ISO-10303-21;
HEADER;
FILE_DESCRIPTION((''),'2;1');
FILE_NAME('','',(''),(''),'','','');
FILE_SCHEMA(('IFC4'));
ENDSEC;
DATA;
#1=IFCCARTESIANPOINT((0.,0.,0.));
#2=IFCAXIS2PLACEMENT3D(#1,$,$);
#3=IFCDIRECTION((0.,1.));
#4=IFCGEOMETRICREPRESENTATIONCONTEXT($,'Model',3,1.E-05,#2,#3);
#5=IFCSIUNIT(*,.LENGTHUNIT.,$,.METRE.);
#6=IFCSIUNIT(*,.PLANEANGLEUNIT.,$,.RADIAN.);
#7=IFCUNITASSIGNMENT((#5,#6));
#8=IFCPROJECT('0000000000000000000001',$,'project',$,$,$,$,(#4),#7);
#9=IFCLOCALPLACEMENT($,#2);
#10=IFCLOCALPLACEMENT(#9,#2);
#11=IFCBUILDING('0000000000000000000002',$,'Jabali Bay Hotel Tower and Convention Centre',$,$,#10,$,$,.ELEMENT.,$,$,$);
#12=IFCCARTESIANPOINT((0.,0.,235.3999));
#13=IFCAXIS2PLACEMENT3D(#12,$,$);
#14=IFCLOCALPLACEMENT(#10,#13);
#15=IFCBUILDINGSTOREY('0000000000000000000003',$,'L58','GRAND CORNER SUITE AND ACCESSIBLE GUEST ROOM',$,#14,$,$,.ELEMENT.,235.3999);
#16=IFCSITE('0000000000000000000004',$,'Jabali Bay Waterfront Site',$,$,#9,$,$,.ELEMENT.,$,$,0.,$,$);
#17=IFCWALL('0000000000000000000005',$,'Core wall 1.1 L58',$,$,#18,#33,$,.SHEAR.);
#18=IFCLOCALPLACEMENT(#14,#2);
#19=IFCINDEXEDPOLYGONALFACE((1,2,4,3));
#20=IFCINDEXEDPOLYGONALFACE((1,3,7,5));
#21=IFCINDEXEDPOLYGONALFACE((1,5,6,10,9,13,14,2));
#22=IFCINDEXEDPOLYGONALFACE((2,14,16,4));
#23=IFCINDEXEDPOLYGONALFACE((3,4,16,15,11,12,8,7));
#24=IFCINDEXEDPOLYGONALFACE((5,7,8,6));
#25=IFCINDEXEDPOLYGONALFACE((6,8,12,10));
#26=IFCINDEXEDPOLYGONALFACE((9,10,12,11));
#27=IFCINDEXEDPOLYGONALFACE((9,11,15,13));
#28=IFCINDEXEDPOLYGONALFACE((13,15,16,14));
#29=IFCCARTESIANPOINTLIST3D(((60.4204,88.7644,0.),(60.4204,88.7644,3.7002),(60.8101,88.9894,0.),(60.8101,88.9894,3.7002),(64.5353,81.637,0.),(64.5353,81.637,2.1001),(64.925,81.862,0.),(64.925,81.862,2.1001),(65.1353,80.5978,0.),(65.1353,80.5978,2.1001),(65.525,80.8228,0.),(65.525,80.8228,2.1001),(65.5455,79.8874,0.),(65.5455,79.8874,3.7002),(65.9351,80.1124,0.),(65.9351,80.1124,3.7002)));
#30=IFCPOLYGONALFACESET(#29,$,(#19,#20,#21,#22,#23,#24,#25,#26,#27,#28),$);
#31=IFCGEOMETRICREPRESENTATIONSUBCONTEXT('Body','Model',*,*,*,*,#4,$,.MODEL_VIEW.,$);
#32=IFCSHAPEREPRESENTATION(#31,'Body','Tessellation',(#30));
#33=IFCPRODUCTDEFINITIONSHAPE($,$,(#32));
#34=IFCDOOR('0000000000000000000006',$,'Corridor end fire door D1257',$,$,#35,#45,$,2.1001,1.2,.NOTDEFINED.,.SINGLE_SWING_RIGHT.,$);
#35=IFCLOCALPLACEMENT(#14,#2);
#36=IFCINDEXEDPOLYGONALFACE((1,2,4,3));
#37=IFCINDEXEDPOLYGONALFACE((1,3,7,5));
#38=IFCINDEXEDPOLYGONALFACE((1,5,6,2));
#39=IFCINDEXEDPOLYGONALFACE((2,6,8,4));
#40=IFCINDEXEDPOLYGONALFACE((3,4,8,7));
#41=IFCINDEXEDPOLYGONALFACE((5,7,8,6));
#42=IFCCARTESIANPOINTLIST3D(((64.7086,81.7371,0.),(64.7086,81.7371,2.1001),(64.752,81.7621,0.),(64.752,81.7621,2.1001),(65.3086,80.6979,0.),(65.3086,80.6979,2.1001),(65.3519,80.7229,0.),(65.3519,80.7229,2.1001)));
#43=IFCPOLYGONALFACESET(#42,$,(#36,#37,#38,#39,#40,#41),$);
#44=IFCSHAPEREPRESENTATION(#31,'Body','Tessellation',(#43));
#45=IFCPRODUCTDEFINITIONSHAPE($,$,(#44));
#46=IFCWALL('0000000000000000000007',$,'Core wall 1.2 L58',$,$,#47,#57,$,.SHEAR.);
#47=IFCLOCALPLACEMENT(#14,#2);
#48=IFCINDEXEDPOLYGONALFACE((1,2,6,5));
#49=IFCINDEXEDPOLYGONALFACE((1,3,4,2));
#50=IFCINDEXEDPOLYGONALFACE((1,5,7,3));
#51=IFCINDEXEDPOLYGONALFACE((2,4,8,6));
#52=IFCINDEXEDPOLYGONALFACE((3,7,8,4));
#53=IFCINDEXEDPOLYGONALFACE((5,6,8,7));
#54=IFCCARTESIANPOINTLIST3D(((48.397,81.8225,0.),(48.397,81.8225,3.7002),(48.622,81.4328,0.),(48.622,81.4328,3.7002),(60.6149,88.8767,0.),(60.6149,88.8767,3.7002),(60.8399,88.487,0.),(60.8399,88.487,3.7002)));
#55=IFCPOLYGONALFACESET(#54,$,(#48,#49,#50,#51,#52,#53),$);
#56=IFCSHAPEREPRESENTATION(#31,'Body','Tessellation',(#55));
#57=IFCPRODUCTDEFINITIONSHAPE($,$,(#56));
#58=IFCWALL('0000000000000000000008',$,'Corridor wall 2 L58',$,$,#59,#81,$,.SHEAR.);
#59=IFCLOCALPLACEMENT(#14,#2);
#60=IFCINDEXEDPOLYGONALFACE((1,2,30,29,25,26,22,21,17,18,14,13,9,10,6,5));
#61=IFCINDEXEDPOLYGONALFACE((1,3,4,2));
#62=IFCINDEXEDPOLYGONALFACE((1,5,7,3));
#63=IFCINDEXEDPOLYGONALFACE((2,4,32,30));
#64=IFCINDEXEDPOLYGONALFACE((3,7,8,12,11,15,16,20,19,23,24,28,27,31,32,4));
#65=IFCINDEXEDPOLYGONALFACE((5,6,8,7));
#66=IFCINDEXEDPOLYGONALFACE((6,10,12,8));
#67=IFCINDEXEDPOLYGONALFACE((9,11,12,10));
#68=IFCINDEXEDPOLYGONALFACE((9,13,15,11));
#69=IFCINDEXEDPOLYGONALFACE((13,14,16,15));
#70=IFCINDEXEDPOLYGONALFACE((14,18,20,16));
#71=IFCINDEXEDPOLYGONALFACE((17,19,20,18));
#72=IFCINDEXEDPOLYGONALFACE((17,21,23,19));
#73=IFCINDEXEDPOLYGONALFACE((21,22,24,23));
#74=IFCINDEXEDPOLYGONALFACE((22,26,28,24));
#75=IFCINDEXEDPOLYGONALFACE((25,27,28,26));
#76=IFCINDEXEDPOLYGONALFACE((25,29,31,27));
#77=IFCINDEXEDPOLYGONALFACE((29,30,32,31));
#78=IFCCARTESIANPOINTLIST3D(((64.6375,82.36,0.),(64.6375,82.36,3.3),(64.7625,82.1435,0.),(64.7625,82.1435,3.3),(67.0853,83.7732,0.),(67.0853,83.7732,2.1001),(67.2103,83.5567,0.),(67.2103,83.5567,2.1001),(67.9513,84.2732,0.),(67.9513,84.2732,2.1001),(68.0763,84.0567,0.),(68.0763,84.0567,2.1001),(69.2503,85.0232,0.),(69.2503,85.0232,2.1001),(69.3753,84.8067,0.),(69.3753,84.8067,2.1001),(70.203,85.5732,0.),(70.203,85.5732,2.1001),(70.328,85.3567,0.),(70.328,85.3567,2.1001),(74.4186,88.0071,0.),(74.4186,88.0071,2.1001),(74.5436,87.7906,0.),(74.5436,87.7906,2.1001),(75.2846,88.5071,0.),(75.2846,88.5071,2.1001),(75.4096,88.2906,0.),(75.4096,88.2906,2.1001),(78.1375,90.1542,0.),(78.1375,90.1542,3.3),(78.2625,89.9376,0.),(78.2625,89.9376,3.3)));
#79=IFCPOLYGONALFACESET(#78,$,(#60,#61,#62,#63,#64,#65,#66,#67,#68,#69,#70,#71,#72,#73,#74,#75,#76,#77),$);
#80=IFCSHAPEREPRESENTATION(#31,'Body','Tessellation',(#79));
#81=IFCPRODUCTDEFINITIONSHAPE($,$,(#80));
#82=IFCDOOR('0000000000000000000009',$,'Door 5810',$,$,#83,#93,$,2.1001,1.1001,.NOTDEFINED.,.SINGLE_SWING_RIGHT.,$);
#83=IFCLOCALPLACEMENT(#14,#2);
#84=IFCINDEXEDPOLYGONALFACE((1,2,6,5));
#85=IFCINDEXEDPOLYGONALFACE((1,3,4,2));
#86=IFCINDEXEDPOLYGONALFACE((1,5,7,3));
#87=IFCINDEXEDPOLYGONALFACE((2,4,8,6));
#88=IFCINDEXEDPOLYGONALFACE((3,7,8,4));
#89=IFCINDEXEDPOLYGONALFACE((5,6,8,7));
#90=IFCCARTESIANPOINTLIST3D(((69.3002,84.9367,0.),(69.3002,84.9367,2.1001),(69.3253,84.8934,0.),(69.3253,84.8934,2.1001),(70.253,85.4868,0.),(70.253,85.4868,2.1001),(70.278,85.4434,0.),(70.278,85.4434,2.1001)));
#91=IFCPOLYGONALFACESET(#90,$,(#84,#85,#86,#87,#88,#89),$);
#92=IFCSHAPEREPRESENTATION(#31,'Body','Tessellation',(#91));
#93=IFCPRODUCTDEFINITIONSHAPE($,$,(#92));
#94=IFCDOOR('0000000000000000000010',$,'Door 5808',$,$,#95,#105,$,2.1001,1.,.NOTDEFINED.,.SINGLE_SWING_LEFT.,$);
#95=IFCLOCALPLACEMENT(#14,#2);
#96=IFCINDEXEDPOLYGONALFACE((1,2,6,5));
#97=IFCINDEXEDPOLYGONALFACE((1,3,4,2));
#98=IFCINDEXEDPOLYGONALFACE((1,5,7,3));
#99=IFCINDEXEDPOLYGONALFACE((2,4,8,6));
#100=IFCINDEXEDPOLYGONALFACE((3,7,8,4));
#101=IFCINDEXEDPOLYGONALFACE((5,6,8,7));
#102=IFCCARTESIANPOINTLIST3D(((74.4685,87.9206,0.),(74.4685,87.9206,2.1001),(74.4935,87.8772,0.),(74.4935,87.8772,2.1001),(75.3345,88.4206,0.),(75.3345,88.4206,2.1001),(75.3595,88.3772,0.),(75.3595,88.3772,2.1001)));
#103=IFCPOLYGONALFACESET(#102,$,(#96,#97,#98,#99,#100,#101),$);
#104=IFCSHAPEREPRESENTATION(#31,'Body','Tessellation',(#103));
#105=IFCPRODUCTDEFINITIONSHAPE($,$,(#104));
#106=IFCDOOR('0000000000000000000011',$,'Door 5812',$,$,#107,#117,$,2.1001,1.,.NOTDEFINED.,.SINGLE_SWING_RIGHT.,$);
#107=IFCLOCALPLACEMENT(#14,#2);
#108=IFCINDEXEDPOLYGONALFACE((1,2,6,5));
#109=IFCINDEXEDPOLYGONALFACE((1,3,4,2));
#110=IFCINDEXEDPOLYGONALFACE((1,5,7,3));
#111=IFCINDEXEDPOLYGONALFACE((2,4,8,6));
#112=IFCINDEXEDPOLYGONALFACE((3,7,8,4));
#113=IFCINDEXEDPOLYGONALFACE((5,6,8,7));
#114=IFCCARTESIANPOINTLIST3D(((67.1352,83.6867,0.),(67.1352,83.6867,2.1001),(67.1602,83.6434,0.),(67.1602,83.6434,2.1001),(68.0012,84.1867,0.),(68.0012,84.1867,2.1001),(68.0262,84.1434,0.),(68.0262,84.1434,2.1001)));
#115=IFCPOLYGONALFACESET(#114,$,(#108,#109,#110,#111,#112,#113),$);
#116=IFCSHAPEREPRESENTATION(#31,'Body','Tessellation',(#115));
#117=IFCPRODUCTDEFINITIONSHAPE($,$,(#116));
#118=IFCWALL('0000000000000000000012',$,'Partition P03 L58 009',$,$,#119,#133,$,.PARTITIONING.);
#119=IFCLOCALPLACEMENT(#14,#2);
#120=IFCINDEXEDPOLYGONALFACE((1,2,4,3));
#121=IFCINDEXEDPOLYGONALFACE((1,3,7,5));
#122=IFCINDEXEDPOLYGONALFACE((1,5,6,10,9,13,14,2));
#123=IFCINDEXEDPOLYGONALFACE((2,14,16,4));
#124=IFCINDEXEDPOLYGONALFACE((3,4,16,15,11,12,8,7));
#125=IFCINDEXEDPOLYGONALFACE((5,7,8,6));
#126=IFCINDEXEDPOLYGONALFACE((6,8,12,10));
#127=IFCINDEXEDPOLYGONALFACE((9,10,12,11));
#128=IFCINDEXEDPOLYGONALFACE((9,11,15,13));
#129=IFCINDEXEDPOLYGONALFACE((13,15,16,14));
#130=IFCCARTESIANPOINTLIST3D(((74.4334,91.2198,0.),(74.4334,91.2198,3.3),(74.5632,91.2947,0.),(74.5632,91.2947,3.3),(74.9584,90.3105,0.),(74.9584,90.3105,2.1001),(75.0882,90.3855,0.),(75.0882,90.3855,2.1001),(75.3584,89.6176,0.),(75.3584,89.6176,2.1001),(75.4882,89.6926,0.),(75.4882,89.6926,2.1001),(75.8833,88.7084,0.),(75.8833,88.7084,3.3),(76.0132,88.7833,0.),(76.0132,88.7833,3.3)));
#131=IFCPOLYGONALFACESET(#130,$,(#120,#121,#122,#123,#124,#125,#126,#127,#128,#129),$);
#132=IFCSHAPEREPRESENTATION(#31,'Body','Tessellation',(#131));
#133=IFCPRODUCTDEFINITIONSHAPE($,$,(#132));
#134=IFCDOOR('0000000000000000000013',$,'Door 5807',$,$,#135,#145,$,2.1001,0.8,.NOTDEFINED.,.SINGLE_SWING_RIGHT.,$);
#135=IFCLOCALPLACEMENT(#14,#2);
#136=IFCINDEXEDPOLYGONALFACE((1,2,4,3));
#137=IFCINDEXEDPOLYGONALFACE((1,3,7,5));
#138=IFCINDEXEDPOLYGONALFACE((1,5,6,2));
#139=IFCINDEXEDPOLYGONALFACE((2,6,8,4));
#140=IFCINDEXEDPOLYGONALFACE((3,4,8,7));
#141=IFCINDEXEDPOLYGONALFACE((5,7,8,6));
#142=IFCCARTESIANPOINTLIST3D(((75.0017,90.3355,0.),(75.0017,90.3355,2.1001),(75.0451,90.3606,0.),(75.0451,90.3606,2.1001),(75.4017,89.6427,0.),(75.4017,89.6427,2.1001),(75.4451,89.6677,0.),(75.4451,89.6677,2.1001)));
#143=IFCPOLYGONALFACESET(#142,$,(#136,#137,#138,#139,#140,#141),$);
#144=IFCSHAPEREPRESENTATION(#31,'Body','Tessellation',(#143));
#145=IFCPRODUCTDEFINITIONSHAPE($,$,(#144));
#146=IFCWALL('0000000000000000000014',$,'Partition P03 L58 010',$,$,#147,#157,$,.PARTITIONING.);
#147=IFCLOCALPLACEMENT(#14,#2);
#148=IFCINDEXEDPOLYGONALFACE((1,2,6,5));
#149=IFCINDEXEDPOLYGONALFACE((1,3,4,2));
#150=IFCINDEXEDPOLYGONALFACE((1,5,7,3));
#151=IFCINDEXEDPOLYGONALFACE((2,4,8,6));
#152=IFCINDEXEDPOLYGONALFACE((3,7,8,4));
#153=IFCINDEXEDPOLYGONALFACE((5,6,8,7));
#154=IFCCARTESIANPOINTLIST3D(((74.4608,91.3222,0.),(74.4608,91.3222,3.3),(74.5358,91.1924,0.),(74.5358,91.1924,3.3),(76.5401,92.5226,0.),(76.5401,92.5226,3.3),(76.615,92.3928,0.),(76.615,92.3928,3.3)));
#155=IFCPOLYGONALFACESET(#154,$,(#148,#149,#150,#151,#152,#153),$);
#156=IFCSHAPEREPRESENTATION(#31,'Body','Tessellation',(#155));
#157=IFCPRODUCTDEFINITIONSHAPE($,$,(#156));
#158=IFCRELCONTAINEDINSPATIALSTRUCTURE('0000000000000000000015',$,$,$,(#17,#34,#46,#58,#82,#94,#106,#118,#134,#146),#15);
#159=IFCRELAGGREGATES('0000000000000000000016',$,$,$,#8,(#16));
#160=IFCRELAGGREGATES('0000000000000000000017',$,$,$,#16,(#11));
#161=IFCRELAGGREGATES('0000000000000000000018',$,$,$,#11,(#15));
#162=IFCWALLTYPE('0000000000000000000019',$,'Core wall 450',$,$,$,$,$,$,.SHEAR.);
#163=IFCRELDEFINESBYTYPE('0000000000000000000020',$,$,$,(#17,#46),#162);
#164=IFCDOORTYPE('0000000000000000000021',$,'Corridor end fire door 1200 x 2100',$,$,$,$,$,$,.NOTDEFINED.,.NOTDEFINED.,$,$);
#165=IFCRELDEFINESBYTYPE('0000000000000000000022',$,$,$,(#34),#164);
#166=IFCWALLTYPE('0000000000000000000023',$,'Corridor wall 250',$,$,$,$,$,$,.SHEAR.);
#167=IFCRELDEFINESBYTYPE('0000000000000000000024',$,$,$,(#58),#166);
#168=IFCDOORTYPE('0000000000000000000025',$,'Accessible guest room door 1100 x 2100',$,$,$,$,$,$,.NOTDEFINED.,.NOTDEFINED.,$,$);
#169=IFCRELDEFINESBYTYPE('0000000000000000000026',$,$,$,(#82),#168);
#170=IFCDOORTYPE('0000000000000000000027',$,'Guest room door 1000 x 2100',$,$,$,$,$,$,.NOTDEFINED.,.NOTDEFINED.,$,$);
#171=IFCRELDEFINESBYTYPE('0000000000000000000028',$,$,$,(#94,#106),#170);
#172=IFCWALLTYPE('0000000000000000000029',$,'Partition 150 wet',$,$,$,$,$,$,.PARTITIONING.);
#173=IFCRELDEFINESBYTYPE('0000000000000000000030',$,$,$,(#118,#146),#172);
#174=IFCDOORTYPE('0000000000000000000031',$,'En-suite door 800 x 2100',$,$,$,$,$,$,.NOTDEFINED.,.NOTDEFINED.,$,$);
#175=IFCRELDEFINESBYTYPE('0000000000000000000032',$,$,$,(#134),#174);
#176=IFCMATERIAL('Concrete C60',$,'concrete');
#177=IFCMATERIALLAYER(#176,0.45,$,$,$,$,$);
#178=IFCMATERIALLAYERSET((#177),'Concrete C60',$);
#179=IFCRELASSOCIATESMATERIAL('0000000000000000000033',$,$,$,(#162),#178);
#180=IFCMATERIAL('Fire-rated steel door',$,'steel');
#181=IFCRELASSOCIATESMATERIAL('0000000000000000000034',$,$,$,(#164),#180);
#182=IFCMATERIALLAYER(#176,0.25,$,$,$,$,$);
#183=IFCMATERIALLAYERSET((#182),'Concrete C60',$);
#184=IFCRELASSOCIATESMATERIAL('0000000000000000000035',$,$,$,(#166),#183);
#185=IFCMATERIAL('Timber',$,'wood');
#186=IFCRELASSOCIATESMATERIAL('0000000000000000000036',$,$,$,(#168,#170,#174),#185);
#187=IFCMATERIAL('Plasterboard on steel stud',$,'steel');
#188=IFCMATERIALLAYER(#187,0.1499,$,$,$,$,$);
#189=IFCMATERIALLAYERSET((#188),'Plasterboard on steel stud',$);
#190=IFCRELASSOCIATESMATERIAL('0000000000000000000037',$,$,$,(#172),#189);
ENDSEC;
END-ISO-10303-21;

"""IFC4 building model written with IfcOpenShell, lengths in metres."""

from ifc_helpers import new_model, si_unit, direction, frame, frame_2d, origin, place, context, subcontext, project, spatial, rectangle, extrude, material, layer, layer_set, type_object, element, fill, save


model = new_model("IFC4")

# Units and contexts
model_context = context("Model", 3, precision=1e-05, world=origin(), true_north=direction((0.0, 1.0)))
body_context = subcontext(model_context, "Body", "Model", "MODEL_VIEW")
ifc_project = project(units=[si_unit("LENGTHUNIT", "METRE"), si_unit("PLANEANGLEUNIT", "RADIAN")], contexts=[model_context])

# Site, building, storey
site_placement = place(None, origin())
site = spatial("IfcSite", under=ifc_project, at=site_placement, Name="Jabali Bay Waterfront Site", CompositionType="ELEMENT", RefElevation=0.0)
building_placement = place(site_placement, origin())
building = spatial("IfcBuilding", under=site, at=building_placement, Name="Jabali Bay Hotel Tower and Convention Centre", CompositionType="ELEMENT")
storey_placement = place(building_placement, frame((0.0, 0.0, 235.3999)))
storey = spatial("IfcBuildingStorey", under=building, at=storey_placement, Name="L58", Description="GRAND CORNER SUITE AND ACCESSIBLE GUEST ROOM", CompositionType="ELEMENT", Elevation=235.3999)

# Shared definitions
ifc_material_1 = material(Name="Fire-rated steel door", Category="steel")

# Wall, opening, door
ifc_material_2 = material(Name="Concrete C60", Category="concrete")
ifc_layer_1 = layer(ifc_material_2, 0.45)
ifc_layer_set_1 = layer_set([ifc_layer_1], Name="Concrete C60")
wall_type_1 = type_object("IfcWallType", Name="Core wall 450", PredefinedType="SHEAR", material=ifc_layer_set_1)
wall_1_placement = place(storey_placement, frame((65.7402, 80.0, 0.0), z_axis=(0.0, 0.0, 1.0), x_axis=(-0.499992, 0.86603, 0.0)))
wall_1 = element("IfcWall", 1, at=wall_1_placement, inside=storey, type_object=wall_type_1, Name="Core wall 1.1 L58", PredefinedType="SHEAR", context=body_context, shape_type="SweptSolid", body=[
    extrude(rectangle(XDim=10.2502, YDim=0.45, at=frame_2d((5.125, 0.0))), origin(), (0.0, 0.0, 1.0), 3.7002),
])
opening_1_placement = place(wall_1_placement, frame((0.8201, 0.0, 0.0)))
opening_1 = element("IfcOpeningElement", 2, at=opening_1_placement, cuts=wall_1, PredefinedType="OPENING", context=body_context, shape_type="SweptSolid", body=[
    extrude(rectangle(XDim=1.2, YDim=2.1001, at=frame_2d((0.6001, 1.05))), frame((0.0, 0.2354, 0.0), z_axis=(0.0, -1.0, 0.0), x_axis=(1.0, 0.0, 0.0)), (0.0, 0.0, 1.0), 0.4709),
])
door_type_1 = type_object("IfcDoorType", Name="Corridor end fire door 1200 x 2100", OperationType="NOTDEFINED", PredefinedType="NOTDEFINED", material=ifc_material_1)
door_1_placement = place(opening_1_placement, origin())
door_1 = element("IfcDoor", 3, at=door_1_placement, inside=storey, type_object=door_type_1, Name="Corridor end fire door D1257", OperationType="SINGLE_SWING_RIGHT", OverallHeight=2.1001, OverallWidth=1.2, PredefinedType="NOTDEFINED", context=body_context, shape_type="SweptSolid", body=[
    extrude(rectangle(XDim=1.2, YDim=2.1001, at=frame_2d((0.6001, 1.05))), frame((0.0, 0.0249, 0.0), z_axis=(0.0, -1.0, 0.0), x_axis=(1.0, 0.0, 0.0)), (0.0, 0.0, 1.0), 0.05),
])
fill(opening_1, door_1)

# Wall
wall_2_placement = place(storey_placement, frame((60.7275, 88.6819, 0.0), z_axis=(0.0, 0.0, 1.0), x_axis=(-0.866022, -0.500007, 0.0)))
element("IfcWall", 4, at=wall_2_placement, inside=storey, type_object=wall_type_1, Name="Core wall 1.2 L58", PredefinedType="SHEAR", context=body_context, shape_type="SweptSolid", body=[
    extrude(rectangle(XDim=14.1082, YDim=0.45, at=frame_2d((7.0542, 0.0))), origin(), (0.0, 0.0, 1.0), 3.7002),
])

# Wall, openings, doors
ifc_layer_2 = layer(ifc_material_2, 0.25)
ifc_layer_set_2 = layer_set([ifc_layer_2], Name="Concrete C60")
wall_type_2 = type_object("IfcWallType", Name="Corridor wall 250", PredefinedType="SHEAR", material=ifc_layer_set_2)
wall_3_placement = place(storey_placement, frame((78.2, 90.0459, 0.0), z_axis=(0.0, 0.0, 1.0), x_axis=(-0.866026, -0.499998, 0.0)))
wall_3 = element("IfcWall", 5, at=wall_3_placement, inside=storey, type_object=wall_type_2, Name="Corridor wall 2 L58", PredefinedType="SHEAR", context=body_context, shape_type="SweptSolid", body=[
    extrude(rectangle(XDim=15.5884, YDim=0.25, at=frame_2d((7.7942, 0.0))), origin(), (0.0, 0.0, 1.0), 3.3),
])
opening_2_placement = place(wall_3_placement, frame((3.2942, 0.0, 0.0)))
opening_2 = element("IfcOpeningElement", 6, at=opening_2_placement, cuts=wall_3, PredefinedType="OPENING", context=body_context, shape_type="SweptSolid", body=[
    extrude(rectangle(XDim=1.0, YDim=2.1001, at=frame_2d((0.5, 1.05))), frame((0.0, 0.1355, 0.0), z_axis=(0.0, -1.0, 0.0), x_axis=(1.0, 0.0, 0.0)), (0.0, 0.0, 1.0), 0.271),
])
opening_3_placement = place(wall_3_placement, frame((9.1619, 0.0, 0.0)))
opening_3 = element("IfcOpeningElement", 7, at=opening_3_placement, cuts=wall_3, PredefinedType="OPENING", context=body_context, shape_type="SweptSolid", body=[
    extrude(rectangle(XDim=1.1001, YDim=2.1001, at=frame_2d((0.55, 1.05))), frame((0.0, 0.1355, 0.0), z_axis=(0.0, -1.0, 0.0), x_axis=(1.0, 0.0, 0.0)), (0.0, 0.0, 1.0), 0.271),
])
opening_4_placement = place(wall_3_placement, frame((11.762, 0.0, 0.0)))
opening_4 = element("IfcOpeningElement", 8, at=opening_4_placement, cuts=wall_3, PredefinedType="OPENING", context=body_context, shape_type="SweptSolid", body=[
    extrude(rectangle(XDim=1.0, YDim=2.1001, at=frame_2d((0.5, 1.05))), frame((0.0, 0.1355, 0.0), z_axis=(0.0, -1.0, 0.0), x_axis=(1.0, 0.0, 0.0)), (0.0, 0.0, 1.0), 0.271),
])
ifc_material_3 = material(Name="Timber", Category="wood")
door_type_2 = type_object("IfcDoorType", Name="Accessible guest room door 1100 x 2100", OperationType="NOTDEFINED", PredefinedType="NOTDEFINED", material=ifc_material_3)
door_2_placement = place(opening_3_placement, origin())
door_2 = element("IfcDoor", 9, at=door_2_placement, inside=storey, type_object=door_type_2, Name="Door 5810", OperationType="SINGLE_SWING_RIGHT", OverallHeight=2.1001, OverallWidth=1.1001, PredefinedType="NOTDEFINED", context=body_context, shape_type="SweptSolid", body=[
    extrude(rectangle(XDim=1.1001, YDim=2.1001, at=frame_2d((0.55, 1.05))), frame((0.0, 0.0249, 0.0), z_axis=(0.0, -1.0, 0.0), x_axis=(1.0, 0.0, 0.0)), (0.0, 0.0, 1.0), 0.05),
])
fill(opening_3, door_2)
door_type_3 = type_object("IfcDoorType", Name="Guest room door 1000 x 2100", OperationType="NOTDEFINED", PredefinedType="NOTDEFINED", material=ifc_material_3)
door_3_placement = place(opening_2_placement, origin())
door_3 = element("IfcDoor", 10, at=door_3_placement, inside=storey, type_object=door_type_3, Name="Door 5808", OperationType="SINGLE_SWING_LEFT", OverallHeight=2.1001, OverallWidth=1.0, PredefinedType="NOTDEFINED", context=body_context, shape_type="SweptSolid", body=[
    extrude(rectangle(XDim=1.0, YDim=2.1001, at=frame_2d((0.5, 1.05))), frame((0.0, 0.0249, 0.0), z_axis=(0.0, -1.0, 0.0), x_axis=(1.0, 0.0, 0.0)), (0.0, 0.0, 1.0), 0.05),
])
fill(opening_2, door_3)
door_4_placement = place(opening_4_placement, origin())
door_4 = element("IfcDoor", 11, at=door_4_placement, inside=storey, type_object=door_type_3, Name="Door 5812", OperationType="SINGLE_SWING_RIGHT", OverallHeight=2.1001, OverallWidth=1.0, PredefinedType="NOTDEFINED", context=body_context, shape_type="SweptSolid", body=[
    extrude(rectangle(XDim=1.0, YDim=2.1001, at=frame_2d((0.5, 1.05))), frame((0.0, 0.0249, 0.0), z_axis=(0.0, -1.0, 0.0), x_axis=(1.0, 0.0, 0.0)), (0.0, 0.0, 1.0), 0.05),
])
fill(opening_4, door_4)

# Wall, opening, door
ifc_material_4 = material(Name="Plasterboard on steel stud", Category="steel")
ifc_layer_3 = layer(ifc_material_4, 0.1499)
ifc_layer_set_3 = layer_set([ifc_layer_3], Name="Plasterboard on steel stud")
wall_type_3 = type_object("IfcWallType", Name="Partition 150 wet", PredefinedType="PARTITIONING", material=ifc_layer_set_3)
wall_4_placement = place(storey_placement, frame((75.9482, 88.7458, 0.0), z_axis=(0.0, 0.0, 1.0), x_axis=(-0.499987, 0.866033, 0.0)))
wall_4 = element("IfcWall", 12, at=wall_4_placement, inside=storey, type_object=wall_type_3, Name="Partition P03 L58 009", PredefinedType="PARTITIONING", context=body_context, shape_type="SweptSolid", body=[
    extrude(rectangle(XDim=2.8999, YDim=0.1499, at=frame_2d((1.45, 0.0))), origin(), (0.0, 0.0, 1.0), 3.3),
])
opening_5_placement = place(wall_4_placement, frame((1.05, 0.0, 0.0)))
opening_5 = element("IfcOpeningElement", 13, at=opening_5_placement, cuts=wall_4, PredefinedType="OPENING", context=body_context, shape_type="SweptSolid", body=[
    extrude(rectangle(XDim=0.8, YDim=2.1001, at=frame_2d((0.3999, 1.05))), frame((0.0, 0.0854, 0.0), z_axis=(0.0, -1.0, 0.0), x_axis=(1.0, 0.0, 0.0)), (0.0, 0.0, 1.0), 0.1709),
])
door_type_4 = type_object("IfcDoorType", Name="En-suite door 800 x 2100", OperationType="NOTDEFINED", PredefinedType="NOTDEFINED", material=ifc_material_3)
door_5_placement = place(opening_5_placement, origin())
door_5 = element("IfcDoor", 14, at=door_5_placement, inside=storey, type_object=door_type_4, Name="Door 5807", OperationType="SINGLE_SWING_RIGHT", OverallHeight=2.1001, OverallWidth=0.8, PredefinedType="NOTDEFINED", context=body_context, shape_type="SweptSolid", body=[
    extrude(rectangle(XDim=0.8, YDim=2.1001, at=frame_2d((0.3999, 1.05))), frame((0.0, 0.0249, 0.0), z_axis=(0.0, -1.0, 0.0), x_axis=(1.0, 0.0, 0.0)), (0.0, 0.0, 1.0), 0.05),
])
fill(opening_5, door_5)

# Wall
wall_5_placement = place(storey_placement, frame((74.4983, 91.2573, 0.0), z_axis=(0.0, 0.0, 1.0), x_axis=(0.866038, 0.499978, 0.0)))
element("IfcWall", 15, at=wall_5_placement, inside=storey, type_object=wall_type_3, Name="Partition P03 L58 010", PredefinedType="PARTITIONING", context=body_context, shape_type="SweptSolid", body=[
    extrude(rectangle(XDim=2.4009, YDim=0.1499, at=frame_2d((1.2004, 0.0))), origin(), (0.0, 0.0, 1.0), 3.3),
])

save(model, "model.ifc")
